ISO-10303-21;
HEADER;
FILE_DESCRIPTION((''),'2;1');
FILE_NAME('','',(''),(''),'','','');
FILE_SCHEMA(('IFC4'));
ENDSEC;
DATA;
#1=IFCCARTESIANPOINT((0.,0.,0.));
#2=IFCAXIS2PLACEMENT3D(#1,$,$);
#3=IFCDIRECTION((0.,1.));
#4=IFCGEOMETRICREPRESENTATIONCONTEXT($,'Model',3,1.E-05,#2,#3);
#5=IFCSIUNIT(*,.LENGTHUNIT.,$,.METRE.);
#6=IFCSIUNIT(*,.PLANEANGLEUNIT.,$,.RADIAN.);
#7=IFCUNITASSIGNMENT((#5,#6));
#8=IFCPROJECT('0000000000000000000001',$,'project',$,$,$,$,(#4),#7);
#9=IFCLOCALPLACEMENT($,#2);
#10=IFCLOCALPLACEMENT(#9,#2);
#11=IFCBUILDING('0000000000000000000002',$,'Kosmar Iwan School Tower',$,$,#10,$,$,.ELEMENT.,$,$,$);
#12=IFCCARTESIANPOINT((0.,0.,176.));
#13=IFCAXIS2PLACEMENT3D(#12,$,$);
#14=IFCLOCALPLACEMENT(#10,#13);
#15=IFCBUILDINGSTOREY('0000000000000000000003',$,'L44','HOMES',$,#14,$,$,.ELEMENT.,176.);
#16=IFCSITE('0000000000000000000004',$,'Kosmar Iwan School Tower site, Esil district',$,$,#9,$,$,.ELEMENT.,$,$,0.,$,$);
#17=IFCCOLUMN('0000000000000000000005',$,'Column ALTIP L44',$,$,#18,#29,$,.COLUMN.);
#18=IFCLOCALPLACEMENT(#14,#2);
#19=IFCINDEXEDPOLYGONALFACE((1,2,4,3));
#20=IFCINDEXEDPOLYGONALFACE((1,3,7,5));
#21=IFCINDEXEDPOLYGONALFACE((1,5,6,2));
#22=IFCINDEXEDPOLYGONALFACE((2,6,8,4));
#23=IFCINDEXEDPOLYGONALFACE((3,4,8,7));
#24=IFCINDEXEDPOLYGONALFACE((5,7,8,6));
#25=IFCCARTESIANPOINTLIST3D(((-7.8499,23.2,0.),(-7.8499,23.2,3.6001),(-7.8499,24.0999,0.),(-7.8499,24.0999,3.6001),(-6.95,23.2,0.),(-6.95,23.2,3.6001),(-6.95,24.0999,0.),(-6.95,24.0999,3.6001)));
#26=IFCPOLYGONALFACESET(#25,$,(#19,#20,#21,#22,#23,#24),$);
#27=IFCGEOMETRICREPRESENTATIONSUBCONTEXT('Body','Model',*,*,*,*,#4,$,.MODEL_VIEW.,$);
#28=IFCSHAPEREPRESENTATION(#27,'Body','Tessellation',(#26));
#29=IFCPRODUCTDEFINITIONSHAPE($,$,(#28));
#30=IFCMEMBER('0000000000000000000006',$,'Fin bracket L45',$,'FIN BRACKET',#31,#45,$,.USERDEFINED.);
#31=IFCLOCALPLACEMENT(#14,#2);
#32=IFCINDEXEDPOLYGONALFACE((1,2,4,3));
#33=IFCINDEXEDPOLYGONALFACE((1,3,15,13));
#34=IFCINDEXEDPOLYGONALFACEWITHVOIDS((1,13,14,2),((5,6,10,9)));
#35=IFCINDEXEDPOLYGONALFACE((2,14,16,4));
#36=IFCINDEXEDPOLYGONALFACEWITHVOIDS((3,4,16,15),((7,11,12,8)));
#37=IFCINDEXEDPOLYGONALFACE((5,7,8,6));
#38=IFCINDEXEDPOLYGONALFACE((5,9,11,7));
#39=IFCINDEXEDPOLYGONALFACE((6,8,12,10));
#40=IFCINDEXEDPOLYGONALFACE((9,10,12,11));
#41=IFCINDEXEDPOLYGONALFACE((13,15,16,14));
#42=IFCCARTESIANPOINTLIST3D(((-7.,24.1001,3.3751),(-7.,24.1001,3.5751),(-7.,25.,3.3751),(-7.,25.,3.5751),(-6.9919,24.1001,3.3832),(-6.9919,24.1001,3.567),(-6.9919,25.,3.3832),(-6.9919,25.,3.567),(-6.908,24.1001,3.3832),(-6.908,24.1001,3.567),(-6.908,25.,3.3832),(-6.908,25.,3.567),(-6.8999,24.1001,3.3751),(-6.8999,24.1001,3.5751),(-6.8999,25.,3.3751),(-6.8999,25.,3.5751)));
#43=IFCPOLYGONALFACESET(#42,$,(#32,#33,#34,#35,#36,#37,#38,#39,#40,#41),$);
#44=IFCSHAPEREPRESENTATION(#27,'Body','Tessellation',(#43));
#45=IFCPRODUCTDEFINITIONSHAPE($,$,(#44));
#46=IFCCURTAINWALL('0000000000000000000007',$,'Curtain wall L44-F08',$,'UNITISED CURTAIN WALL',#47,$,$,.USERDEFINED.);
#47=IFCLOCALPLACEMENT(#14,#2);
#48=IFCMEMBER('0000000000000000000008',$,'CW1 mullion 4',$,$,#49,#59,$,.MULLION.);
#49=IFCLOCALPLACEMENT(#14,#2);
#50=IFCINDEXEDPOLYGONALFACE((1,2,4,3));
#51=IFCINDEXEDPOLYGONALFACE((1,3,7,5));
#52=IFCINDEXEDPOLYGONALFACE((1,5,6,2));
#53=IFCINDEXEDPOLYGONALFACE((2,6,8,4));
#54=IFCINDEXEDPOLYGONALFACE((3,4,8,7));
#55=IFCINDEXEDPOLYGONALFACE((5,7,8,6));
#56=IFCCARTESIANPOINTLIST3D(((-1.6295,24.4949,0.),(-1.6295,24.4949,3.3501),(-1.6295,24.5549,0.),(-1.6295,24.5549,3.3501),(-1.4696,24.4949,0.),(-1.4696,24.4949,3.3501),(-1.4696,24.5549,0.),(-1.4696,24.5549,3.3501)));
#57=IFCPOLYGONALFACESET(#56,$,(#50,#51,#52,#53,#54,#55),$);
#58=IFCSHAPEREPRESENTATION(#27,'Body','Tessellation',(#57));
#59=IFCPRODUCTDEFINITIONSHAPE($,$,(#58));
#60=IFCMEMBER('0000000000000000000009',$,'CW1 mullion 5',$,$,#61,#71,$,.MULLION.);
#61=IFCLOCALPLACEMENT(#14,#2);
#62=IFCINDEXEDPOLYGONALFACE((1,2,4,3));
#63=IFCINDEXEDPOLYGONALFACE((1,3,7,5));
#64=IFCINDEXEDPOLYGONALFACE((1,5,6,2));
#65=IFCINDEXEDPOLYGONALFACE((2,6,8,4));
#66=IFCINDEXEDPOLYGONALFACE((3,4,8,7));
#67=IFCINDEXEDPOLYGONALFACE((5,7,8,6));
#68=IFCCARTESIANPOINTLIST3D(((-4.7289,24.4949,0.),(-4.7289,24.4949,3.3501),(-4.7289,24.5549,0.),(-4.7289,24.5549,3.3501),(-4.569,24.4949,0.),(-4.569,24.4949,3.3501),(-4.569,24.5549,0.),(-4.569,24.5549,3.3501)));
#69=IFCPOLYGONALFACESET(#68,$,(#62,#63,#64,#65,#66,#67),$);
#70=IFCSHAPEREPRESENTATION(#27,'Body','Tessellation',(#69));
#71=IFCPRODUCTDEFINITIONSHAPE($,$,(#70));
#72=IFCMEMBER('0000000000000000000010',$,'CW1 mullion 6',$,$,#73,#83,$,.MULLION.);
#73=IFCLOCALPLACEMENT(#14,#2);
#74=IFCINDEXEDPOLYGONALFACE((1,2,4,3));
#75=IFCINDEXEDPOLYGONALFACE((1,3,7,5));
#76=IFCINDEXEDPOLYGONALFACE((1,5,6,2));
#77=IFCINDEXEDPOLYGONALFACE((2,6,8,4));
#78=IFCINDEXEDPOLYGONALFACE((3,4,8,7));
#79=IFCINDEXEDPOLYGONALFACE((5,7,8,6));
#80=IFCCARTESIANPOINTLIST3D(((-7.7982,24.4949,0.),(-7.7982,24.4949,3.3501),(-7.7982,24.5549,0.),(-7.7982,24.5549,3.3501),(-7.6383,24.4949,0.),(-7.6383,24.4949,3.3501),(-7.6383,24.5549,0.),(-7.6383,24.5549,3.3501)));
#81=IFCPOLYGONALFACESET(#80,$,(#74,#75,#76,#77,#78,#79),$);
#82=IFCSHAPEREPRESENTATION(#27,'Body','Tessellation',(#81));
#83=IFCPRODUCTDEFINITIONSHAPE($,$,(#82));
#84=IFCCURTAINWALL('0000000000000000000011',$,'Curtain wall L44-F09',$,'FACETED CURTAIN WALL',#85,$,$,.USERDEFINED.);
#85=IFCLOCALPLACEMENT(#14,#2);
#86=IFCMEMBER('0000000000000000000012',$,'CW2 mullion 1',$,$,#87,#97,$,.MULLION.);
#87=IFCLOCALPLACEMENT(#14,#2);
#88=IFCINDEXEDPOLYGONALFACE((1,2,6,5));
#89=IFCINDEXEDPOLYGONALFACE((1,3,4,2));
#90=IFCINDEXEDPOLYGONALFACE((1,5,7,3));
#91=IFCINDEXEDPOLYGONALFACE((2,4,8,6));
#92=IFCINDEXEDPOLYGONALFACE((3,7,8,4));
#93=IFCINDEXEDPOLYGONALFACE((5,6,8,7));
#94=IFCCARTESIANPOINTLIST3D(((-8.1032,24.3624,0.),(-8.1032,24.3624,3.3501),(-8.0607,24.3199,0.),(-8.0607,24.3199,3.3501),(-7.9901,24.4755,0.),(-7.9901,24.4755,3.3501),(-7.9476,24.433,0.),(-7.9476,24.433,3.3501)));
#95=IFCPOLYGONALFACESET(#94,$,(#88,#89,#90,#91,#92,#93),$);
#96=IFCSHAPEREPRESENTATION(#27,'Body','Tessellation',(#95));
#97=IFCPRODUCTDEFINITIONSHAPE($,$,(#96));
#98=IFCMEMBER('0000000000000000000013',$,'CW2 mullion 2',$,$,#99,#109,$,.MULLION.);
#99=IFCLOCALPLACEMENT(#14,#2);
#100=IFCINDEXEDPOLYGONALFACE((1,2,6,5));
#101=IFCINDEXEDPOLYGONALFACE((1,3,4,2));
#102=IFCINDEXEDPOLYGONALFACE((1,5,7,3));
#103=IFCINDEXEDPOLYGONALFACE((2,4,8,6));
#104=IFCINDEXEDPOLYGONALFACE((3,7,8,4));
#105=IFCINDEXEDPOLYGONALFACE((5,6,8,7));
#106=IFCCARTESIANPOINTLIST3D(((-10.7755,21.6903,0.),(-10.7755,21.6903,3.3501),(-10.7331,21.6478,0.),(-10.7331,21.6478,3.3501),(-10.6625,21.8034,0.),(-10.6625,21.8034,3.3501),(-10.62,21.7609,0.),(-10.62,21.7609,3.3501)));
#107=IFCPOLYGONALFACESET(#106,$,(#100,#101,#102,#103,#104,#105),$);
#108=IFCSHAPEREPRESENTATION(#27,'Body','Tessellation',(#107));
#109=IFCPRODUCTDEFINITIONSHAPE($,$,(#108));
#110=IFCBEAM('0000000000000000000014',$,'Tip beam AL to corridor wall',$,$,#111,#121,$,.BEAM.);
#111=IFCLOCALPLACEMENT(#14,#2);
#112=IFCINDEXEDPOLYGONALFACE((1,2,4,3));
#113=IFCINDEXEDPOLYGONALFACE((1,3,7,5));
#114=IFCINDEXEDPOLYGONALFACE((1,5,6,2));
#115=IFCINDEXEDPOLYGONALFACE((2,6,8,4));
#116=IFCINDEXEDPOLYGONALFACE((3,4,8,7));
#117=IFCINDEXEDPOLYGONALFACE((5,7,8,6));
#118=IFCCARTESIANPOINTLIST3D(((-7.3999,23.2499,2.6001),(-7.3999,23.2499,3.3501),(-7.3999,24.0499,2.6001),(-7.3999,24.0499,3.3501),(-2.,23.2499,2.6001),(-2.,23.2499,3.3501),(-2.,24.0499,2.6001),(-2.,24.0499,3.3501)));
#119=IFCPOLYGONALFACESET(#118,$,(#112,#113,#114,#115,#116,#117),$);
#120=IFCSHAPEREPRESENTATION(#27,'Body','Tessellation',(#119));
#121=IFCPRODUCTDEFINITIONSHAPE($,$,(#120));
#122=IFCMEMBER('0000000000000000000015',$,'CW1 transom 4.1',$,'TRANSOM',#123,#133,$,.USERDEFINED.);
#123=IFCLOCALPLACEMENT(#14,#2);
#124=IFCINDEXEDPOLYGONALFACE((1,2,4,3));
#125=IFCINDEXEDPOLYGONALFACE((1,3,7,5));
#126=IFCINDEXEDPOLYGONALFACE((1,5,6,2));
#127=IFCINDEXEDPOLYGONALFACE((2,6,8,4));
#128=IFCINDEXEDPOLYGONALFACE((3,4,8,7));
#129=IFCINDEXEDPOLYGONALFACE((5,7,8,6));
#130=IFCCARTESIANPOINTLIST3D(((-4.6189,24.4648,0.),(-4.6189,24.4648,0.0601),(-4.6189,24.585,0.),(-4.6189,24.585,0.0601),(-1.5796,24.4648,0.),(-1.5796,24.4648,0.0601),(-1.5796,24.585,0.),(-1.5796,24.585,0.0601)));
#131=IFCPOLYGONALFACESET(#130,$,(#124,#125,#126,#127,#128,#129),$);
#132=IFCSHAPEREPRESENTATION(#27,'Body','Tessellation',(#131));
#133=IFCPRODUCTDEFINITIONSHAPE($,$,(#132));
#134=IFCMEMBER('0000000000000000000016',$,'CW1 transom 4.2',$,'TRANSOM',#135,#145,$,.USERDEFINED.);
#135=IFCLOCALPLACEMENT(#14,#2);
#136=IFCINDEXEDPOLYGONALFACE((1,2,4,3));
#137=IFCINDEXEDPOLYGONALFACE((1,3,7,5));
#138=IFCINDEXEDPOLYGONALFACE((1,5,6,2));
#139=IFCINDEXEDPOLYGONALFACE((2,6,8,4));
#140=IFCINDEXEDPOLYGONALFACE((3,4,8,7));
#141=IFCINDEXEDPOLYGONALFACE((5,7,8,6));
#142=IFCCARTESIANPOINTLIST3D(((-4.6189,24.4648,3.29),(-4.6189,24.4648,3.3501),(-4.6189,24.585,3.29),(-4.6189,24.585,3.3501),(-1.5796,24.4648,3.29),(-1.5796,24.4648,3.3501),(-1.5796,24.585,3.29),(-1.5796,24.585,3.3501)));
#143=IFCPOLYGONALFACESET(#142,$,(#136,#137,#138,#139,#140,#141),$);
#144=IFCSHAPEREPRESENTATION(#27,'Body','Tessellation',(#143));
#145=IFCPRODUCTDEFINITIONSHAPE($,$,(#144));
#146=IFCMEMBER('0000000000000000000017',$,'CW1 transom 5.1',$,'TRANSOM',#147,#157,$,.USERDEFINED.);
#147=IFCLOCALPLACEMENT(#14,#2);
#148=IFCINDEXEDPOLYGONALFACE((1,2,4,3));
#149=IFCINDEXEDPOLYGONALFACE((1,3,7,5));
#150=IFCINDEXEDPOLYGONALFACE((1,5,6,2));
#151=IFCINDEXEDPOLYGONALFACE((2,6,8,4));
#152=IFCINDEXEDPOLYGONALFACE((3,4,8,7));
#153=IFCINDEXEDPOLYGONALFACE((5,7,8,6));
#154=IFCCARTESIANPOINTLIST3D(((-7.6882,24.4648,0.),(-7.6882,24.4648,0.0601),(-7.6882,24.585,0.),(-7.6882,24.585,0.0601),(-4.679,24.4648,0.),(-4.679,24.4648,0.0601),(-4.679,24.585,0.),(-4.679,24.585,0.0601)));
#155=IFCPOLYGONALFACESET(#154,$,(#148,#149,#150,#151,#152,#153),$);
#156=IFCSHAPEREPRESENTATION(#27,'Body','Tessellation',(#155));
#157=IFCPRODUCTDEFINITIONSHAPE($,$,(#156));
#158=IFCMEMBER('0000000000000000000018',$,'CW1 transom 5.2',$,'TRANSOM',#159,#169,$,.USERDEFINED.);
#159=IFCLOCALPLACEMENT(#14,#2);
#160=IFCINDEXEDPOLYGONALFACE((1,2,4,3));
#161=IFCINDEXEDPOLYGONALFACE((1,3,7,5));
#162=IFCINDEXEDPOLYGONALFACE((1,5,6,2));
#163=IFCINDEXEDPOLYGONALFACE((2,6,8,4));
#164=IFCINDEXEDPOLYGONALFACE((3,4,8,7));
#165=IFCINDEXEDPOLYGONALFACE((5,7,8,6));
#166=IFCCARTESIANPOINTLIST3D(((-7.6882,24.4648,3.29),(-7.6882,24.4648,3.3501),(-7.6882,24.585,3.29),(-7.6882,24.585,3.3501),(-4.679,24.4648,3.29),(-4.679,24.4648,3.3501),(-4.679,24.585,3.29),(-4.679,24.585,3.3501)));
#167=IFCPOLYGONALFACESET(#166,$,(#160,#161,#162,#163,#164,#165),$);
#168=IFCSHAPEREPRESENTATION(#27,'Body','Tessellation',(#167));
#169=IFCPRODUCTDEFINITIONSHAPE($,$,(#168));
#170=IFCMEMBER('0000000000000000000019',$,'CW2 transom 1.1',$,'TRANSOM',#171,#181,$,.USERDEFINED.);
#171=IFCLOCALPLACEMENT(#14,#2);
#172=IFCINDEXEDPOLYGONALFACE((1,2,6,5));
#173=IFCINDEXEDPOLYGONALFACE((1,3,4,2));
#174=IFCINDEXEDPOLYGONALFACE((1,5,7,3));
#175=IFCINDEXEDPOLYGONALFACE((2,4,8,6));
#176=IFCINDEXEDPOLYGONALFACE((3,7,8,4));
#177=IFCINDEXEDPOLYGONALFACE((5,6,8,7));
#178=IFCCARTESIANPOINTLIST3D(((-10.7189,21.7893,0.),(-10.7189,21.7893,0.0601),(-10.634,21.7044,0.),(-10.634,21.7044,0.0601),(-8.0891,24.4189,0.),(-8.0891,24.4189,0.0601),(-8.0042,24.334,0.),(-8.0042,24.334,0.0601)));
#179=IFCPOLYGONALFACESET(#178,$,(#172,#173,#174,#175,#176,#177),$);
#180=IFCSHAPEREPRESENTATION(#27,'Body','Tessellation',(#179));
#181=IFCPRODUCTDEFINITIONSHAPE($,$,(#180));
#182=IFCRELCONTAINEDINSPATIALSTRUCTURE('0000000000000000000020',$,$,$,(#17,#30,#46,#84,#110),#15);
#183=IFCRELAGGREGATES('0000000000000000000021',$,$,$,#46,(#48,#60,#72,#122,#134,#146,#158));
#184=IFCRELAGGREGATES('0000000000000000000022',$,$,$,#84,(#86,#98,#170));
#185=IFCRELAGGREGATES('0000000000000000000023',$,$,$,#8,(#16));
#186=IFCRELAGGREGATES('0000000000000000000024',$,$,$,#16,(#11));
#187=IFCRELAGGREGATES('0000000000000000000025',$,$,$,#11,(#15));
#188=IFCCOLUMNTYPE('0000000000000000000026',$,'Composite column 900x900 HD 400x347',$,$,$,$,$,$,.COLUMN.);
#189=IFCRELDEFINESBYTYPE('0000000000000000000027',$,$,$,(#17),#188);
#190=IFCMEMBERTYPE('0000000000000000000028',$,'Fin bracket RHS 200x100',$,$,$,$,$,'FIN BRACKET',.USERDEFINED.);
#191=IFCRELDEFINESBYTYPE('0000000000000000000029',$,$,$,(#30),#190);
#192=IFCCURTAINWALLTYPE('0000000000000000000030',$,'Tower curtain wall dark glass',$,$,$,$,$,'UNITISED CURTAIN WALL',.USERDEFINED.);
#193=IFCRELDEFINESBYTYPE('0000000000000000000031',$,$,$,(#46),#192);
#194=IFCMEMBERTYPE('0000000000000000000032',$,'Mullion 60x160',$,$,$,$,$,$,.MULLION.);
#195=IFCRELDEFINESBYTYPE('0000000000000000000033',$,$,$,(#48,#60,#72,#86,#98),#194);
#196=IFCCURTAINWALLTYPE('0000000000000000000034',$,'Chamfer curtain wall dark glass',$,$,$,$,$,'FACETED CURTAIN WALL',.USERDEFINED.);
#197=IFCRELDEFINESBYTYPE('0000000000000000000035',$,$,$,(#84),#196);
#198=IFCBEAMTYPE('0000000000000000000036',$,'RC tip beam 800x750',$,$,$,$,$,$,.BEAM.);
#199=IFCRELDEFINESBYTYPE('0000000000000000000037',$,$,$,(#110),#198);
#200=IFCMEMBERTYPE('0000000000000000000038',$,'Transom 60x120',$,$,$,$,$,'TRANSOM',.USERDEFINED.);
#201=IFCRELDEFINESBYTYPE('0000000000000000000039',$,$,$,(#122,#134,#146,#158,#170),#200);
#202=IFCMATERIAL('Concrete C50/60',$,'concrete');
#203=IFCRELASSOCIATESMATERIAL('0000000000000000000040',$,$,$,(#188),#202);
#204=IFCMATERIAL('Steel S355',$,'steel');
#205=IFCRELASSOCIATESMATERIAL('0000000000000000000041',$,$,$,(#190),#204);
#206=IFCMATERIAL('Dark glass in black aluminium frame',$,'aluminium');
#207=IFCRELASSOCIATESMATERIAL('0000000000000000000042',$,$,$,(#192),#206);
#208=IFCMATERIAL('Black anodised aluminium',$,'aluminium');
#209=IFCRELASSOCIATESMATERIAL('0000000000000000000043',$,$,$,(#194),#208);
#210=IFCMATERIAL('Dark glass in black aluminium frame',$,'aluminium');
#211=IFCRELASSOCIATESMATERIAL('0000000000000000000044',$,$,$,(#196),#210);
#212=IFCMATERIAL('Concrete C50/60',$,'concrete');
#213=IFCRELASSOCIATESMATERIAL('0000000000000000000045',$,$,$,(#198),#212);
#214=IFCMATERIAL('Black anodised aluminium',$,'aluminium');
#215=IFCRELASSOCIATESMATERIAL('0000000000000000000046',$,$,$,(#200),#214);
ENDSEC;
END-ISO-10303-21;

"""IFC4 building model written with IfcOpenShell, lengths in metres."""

from ifc_helpers import new_model, si_unit, direction, frame, origin, origin_2d, place, context, subcontext, project, spatial, rectangle, hollow_rectangle, extrude, material, material_profile, profile_set, type_object, element, aggregate, save


model = new_model("IFC4")

# Units and contexts
model_context = context("Model", 3, precision=1e-05, world=origin(), true_north=direction((0.0, 1.0)))
body_context = subcontext(model_context, "Body", "Model", "MODEL_VIEW")
ifc_project = project(units=[si_unit("LENGTHUNIT", "METRE"), si_unit("PLANEANGLEUNIT", "RADIAN")], contexts=[model_context])

# Site, building, storey
site_placement = place(None, origin())
site = spatial("IfcSite", under=ifc_project, at=site_placement, Name="Kosmar Iwan School Tower site, Esil district", CompositionType="ELEMENT", RefElevation=0.0)
building_placement = place(site_placement, origin())
building = spatial("IfcBuilding", under=site, at=building_placement, Name="Kosmar Iwan School Tower", CompositionType="ELEMENT")
storey_placement = place(building_placement, frame((0.0, 0.0, 176.0)))
storey = spatial("IfcBuildingStorey", under=building, at=storey_placement, Name="L44", Description="HOMES", CompositionType="ELEMENT", Elevation=176.0)

# Column
ifc_material_1 = material(Name="Concrete C50/60", Category="concrete")
ifc_material_profile_1 = material_profile(ifc_material_1, rectangle(XDim=0.8999, YDim=0.8999, at=origin_2d()), Name="RC 900x900 + HD 400x347")
ifc_profile_set_1 = profile_set([ifc_material_profile_1], Name="Concrete C50/60")
column_type = type_object("IfcColumnType", Name="Composite column 900x900 HD 400x347", PredefinedType="COLUMN", material=ifc_profile_set_1)
column_placement = place(storey_placement, frame((-7.3999, 23.6499, 0.0), z_axis=(0.0, 0.0, 1.0), x_axis=(0.0, 1.0, 0.0)))
element("IfcColumn", 1, at=column_placement, inside=storey, type_object=column_type, Name="Column ALTIP L44", PredefinedType="COLUMN", context=body_context, shape_type="SweptSolid", body=[
    extrude(rectangle(XDim=0.8999, YDim=0.8999, at=origin_2d()), origin(), (0.0, 0.0, 1.0), 3.6001),
])

# Member
ifc_material_2 = material(Name="Steel S355", Category="steel")
ifc_material_profile_2 = material_profile(ifc_material_2, hollow_rectangle(XDim=0.1001, YDim=0.2, WallThickness=0.0081, at=origin_2d()), Name="RHS 200x100x8")
ifc_profile_set_2 = profile_set([ifc_material_profile_2], Name="Steel S355")
member_type_1 = type_object("IfcMemberType", Name="Fin bracket RHS 200x100", ElementType="FIN BRACKET", PredefinedType="USERDEFINED", material=ifc_profile_set_2)
member_1_placement = place(storey_placement, frame((-6.95, 24.1001, 3.4751), z_axis=(0.0, 1.0, 0.0), x_axis=(-1.0, 0.0, 0.0)))
element("IfcMember", 2, at=member_1_placement, inside=storey, type_object=member_type_1, Name="Fin bracket L45", ObjectType="FIN BRACKET", PredefinedType="USERDEFINED", context=body_context, shape_type="SweptSolid", body=[
    extrude(hollow_rectangle(XDim=0.1001, YDim=0.2, WallThickness=0.0081, at=origin_2d()), origin(), (0.0, 0.0, 1.0), 0.8999),
])

# Curtain walls, members
ifc_material_3 = material(Name="Dark glass in black aluminium frame", Category="aluminium")
curtain_wall_type_1 = type_object("IfcCurtainWallType", Name="Tower curtain wall dark glass", ElementType="UNITISED CURTAIN WALL", PredefinedType="USERDEFINED", material=ifc_material_3)
curtain_wall_1_placement = place(storey_placement, origin())
curtain_wall_1 = element("IfcCurtainWall", 3, at=curtain_wall_1_placement, inside=storey, type_object=curtain_wall_type_1, Name="Curtain wall L44-F08", ObjectType="UNITISED CURTAIN WALL", PredefinedType="USERDEFINED")
ifc_material_4 = material(Name="Black anodised aluminium", Category="aluminium")
ifc_material_profile_3 = material_profile(ifc_material_4, rectangle(XDim=0.0601, YDim=0.1599, at=origin_2d()), Name="MULLION 60x160")
ifc_profile_set_3 = profile_set([ifc_material_profile_3], Name="Black anodised aluminium")
member_type_2 = type_object("IfcMemberType", Name="Mullion 60x160", PredefinedType="MULLION", material=ifc_profile_set_3)
member_2_placement = place(storey_placement, frame((-1.5496, 24.5249, 0.0), z_axis=(0.0, 0.0, 1.0), x_axis=(0.0, -1.0, 0.0)))
member_2 = element("IfcMember", 4, at=member_2_placement, type_object=member_type_2, Name="CW1 mullion 4", PredefinedType="MULLION", context=body_context, shape_type="SweptSolid", body=[
    extrude(rectangle(XDim=0.0601, YDim=0.1599, at=origin_2d()), origin(), (0.0, 0.0, 1.0), 3.3501),
])
member_3_placement = place(storey_placement, frame((-4.6489, 24.5249, 0.0), z_axis=(0.0, 0.0, 1.0), x_axis=(0.0, -1.0, 0.0)))
member_3 = element("IfcMember", 5, at=member_3_placement, type_object=member_type_2, Name="CW1 mullion 5", PredefinedType="MULLION", context=body_context, shape_type="SweptSolid", body=[
    extrude(rectangle(XDim=0.0601, YDim=0.1599, at=origin_2d()), origin(), (0.0, 0.0, 1.0), 3.3501),
])
member_4_placement = place(storey_placement, frame((-7.7183, 24.5249, 0.0), z_axis=(0.0, 0.0, 1.0), x_axis=(0.0, -1.0, 0.0)))
member_4 = element("IfcMember", 6, at=member_4_placement, type_object=member_type_2, Name="CW1 mullion 6", PredefinedType="MULLION", context=body_context, shape_type="SweptSolid", body=[
    extrude(rectangle(XDim=0.0601, YDim=0.1599, at=origin_2d()), origin(), (0.0, 0.0, 1.0), 3.3501),
])
ifc_material_5 = material(Name="Dark glass in black aluminium frame", Category="aluminium")
curtain_wall_type_2 = type_object("IfcCurtainWallType", Name="Chamfer curtain wall dark glass", ElementType="FACETED CURTAIN WALL", PredefinedType="USERDEFINED", material=ifc_material_5)
curtain_wall_2_placement = place(storey_placement, origin())
curtain_wall_2 = element("IfcCurtainWall", 7, at=curtain_wall_2_placement, inside=storey, type_object=curtain_wall_type_2, Name="Curtain wall L44-F09", ObjectType="FACETED CURTAIN WALL", PredefinedType="USERDEFINED")
member_5_placement = place(storey_placement, frame((-8.0254, 24.3977, 0.0), z_axis=(0.0, 0.0, 1.0), x_axis=(0.707107, -0.707107, 0.0)))
member_5 = element("IfcMember", 8, at=member_5_placement, type_object=member_type_2, Name="CW2 mullion 1", PredefinedType="MULLION", context=body_context, shape_type="SweptSolid", body=[
    extrude(rectangle(XDim=0.0601, YDim=0.1599, at=origin_2d()), origin(), (0.0, 0.0, 1.0), 3.3501),
])
member_6_placement = place(storey_placement, frame((-10.6978, 21.7256, 0.0), z_axis=(0.0, 0.0, 1.0), x_axis=(0.707107, -0.707107, 0.0)))
member_6 = element("IfcMember", 9, at=member_6_placement, type_object=member_type_2, Name="CW2 mullion 2", PredefinedType="MULLION", context=body_context, shape_type="SweptSolid", body=[
    extrude(rectangle(XDim=0.0601, YDim=0.1599, at=origin_2d()), origin(), (0.0, 0.0, 1.0), 3.3501),
])

# Beam
ifc_material_6 = material(Name="Concrete C50/60", Category="concrete")
ifc_material_profile_4 = material_profile(ifc_material_6, rectangle(XDim=0.8, YDim=0.75, at=origin_2d()), Name="RC 800x750")
ifc_profile_set_4 = profile_set([ifc_material_profile_4], Name="Concrete C50/60")
beam_type = type_object("IfcBeamType", Name="RC tip beam 800x750", PredefinedType="BEAM", material=ifc_profile_set_4)
beam_placement = place(storey_placement, frame((-7.3999, 23.6499, 2.9751), z_axis=(1.0, 0.0, 0.0), x_axis=(0.0, 1.0, 0.0)))
element("IfcBeam", 10, at=beam_placement, inside=storey, type_object=beam_type, Name="Tip beam AL to corridor wall", PredefinedType="BEAM", context=body_context, shape_type="SweptSolid", body=[
    extrude(rectangle(XDim=0.8, YDim=0.75, at=origin_2d()), origin(), (0.0, 0.0, 1.0), 5.3999),
])

# Members
ifc_material_7 = material(Name="Black anodised aluminium", Category="aluminium")
ifc_material_profile_5 = material_profile(ifc_material_7, rectangle(XDim=0.1201, YDim=0.0601, at=origin_2d()), Name="TRANSOM 60x120")
ifc_profile_set_5 = profile_set([ifc_material_profile_5], Name="Black anodised aluminium")
member_type_3 = type_object("IfcMemberType", Name="Transom 60x120", ElementType="TRANSOM", PredefinedType="USERDEFINED", material=ifc_profile_set_5)
member_7_placement = place(storey_placement, frame((-1.5796, 24.5249, 0.03), z_axis=(-1.0, 0.0, 0.0), x_axis=(0.0, -1.0, 0.0)))
member_7 = element("IfcMember", 11, at=member_7_placement, type_object=member_type_3, Name="CW1 transom 4.1", ObjectType="TRANSOM", PredefinedType="USERDEFINED", context=body_context, shape_type="SweptSolid", body=[
    extrude(rectangle(XDim=0.1201, YDim=0.0601, at=origin_2d()), origin(), (0.0, 0.0, 1.0), 3.0393),
])
member_8_placement = place(storey_placement, frame((-1.5796, 24.5249, 3.3201), z_axis=(-1.0, 0.0, 0.0), x_axis=(0.0, -1.0, 0.0)))
member_8 = element("IfcMember", 12, at=member_8_placement, type_object=member_type_3, Name="CW1 transom 4.2", ObjectType="TRANSOM", PredefinedType="USERDEFINED", context=body_context, shape_type="SweptSolid", body=[
    extrude(rectangle(XDim=0.1201, YDim=0.0601, at=origin_2d()), origin(), (0.0, 0.0, 1.0), 3.0393),
])
member_9_placement = place(storey_placement, frame((-4.679, 24.5249, 0.03), z_axis=(-1.0, 0.0, 0.0), x_axis=(0.0, -1.0, 0.0)))
member_9 = element("IfcMember", 13, at=member_9_placement, type_object=member_type_3, Name="CW1 transom 5.1", ObjectType="TRANSOM", PredefinedType="USERDEFINED", context=body_context, shape_type="SweptSolid", body=[
    extrude(rectangle(XDim=0.1201, YDim=0.0601, at=origin_2d()), origin(), (0.0, 0.0, 1.0), 3.0093),
])
member_10_placement = place(storey_placement, frame((-4.679, 24.5249, 3.3201), z_axis=(-1.0, 0.0, 0.0), x_axis=(0.0, -1.0, 0.0)))
member_10 = element("IfcMember", 14, at=member_10_placement, type_object=member_type_3, Name="CW1 transom 5.2", ObjectType="TRANSOM", PredefinedType="USERDEFINED", context=body_context, shape_type="SweptSolid", body=[
    extrude(rectangle(XDim=0.1201, YDim=0.0601, at=origin_2d()), origin(), (0.0, 0.0, 1.0), 3.0093),
])
member_11_placement = place(storey_placement, frame((-8.0466, 24.3765, 0.03), z_axis=(-0.70714, -0.707074, 0.0), x_axis=(0.707074, -0.70714, 0.0)))
member_11 = element("IfcMember", 15, at=member_11_placement, type_object=member_type_3, Name="CW2 transom 1.1", ObjectType="TRANSOM", PredefinedType="USERDEFINED", context=body_context, shape_type="SweptSolid", body=[
    extrude(rectangle(XDim=0.1201, YDim=0.0601, at=origin_2d()), origin(), (0.0, 0.0, 1.0), 3.719),
])

aggregate(curtain_wall_1, [member_2, member_3, member_4, member_7, member_8, member_9, member_10])
aggregate(curtain_wall_2, [member_5, member_6, member_11])

save(model, "model.ifc")
